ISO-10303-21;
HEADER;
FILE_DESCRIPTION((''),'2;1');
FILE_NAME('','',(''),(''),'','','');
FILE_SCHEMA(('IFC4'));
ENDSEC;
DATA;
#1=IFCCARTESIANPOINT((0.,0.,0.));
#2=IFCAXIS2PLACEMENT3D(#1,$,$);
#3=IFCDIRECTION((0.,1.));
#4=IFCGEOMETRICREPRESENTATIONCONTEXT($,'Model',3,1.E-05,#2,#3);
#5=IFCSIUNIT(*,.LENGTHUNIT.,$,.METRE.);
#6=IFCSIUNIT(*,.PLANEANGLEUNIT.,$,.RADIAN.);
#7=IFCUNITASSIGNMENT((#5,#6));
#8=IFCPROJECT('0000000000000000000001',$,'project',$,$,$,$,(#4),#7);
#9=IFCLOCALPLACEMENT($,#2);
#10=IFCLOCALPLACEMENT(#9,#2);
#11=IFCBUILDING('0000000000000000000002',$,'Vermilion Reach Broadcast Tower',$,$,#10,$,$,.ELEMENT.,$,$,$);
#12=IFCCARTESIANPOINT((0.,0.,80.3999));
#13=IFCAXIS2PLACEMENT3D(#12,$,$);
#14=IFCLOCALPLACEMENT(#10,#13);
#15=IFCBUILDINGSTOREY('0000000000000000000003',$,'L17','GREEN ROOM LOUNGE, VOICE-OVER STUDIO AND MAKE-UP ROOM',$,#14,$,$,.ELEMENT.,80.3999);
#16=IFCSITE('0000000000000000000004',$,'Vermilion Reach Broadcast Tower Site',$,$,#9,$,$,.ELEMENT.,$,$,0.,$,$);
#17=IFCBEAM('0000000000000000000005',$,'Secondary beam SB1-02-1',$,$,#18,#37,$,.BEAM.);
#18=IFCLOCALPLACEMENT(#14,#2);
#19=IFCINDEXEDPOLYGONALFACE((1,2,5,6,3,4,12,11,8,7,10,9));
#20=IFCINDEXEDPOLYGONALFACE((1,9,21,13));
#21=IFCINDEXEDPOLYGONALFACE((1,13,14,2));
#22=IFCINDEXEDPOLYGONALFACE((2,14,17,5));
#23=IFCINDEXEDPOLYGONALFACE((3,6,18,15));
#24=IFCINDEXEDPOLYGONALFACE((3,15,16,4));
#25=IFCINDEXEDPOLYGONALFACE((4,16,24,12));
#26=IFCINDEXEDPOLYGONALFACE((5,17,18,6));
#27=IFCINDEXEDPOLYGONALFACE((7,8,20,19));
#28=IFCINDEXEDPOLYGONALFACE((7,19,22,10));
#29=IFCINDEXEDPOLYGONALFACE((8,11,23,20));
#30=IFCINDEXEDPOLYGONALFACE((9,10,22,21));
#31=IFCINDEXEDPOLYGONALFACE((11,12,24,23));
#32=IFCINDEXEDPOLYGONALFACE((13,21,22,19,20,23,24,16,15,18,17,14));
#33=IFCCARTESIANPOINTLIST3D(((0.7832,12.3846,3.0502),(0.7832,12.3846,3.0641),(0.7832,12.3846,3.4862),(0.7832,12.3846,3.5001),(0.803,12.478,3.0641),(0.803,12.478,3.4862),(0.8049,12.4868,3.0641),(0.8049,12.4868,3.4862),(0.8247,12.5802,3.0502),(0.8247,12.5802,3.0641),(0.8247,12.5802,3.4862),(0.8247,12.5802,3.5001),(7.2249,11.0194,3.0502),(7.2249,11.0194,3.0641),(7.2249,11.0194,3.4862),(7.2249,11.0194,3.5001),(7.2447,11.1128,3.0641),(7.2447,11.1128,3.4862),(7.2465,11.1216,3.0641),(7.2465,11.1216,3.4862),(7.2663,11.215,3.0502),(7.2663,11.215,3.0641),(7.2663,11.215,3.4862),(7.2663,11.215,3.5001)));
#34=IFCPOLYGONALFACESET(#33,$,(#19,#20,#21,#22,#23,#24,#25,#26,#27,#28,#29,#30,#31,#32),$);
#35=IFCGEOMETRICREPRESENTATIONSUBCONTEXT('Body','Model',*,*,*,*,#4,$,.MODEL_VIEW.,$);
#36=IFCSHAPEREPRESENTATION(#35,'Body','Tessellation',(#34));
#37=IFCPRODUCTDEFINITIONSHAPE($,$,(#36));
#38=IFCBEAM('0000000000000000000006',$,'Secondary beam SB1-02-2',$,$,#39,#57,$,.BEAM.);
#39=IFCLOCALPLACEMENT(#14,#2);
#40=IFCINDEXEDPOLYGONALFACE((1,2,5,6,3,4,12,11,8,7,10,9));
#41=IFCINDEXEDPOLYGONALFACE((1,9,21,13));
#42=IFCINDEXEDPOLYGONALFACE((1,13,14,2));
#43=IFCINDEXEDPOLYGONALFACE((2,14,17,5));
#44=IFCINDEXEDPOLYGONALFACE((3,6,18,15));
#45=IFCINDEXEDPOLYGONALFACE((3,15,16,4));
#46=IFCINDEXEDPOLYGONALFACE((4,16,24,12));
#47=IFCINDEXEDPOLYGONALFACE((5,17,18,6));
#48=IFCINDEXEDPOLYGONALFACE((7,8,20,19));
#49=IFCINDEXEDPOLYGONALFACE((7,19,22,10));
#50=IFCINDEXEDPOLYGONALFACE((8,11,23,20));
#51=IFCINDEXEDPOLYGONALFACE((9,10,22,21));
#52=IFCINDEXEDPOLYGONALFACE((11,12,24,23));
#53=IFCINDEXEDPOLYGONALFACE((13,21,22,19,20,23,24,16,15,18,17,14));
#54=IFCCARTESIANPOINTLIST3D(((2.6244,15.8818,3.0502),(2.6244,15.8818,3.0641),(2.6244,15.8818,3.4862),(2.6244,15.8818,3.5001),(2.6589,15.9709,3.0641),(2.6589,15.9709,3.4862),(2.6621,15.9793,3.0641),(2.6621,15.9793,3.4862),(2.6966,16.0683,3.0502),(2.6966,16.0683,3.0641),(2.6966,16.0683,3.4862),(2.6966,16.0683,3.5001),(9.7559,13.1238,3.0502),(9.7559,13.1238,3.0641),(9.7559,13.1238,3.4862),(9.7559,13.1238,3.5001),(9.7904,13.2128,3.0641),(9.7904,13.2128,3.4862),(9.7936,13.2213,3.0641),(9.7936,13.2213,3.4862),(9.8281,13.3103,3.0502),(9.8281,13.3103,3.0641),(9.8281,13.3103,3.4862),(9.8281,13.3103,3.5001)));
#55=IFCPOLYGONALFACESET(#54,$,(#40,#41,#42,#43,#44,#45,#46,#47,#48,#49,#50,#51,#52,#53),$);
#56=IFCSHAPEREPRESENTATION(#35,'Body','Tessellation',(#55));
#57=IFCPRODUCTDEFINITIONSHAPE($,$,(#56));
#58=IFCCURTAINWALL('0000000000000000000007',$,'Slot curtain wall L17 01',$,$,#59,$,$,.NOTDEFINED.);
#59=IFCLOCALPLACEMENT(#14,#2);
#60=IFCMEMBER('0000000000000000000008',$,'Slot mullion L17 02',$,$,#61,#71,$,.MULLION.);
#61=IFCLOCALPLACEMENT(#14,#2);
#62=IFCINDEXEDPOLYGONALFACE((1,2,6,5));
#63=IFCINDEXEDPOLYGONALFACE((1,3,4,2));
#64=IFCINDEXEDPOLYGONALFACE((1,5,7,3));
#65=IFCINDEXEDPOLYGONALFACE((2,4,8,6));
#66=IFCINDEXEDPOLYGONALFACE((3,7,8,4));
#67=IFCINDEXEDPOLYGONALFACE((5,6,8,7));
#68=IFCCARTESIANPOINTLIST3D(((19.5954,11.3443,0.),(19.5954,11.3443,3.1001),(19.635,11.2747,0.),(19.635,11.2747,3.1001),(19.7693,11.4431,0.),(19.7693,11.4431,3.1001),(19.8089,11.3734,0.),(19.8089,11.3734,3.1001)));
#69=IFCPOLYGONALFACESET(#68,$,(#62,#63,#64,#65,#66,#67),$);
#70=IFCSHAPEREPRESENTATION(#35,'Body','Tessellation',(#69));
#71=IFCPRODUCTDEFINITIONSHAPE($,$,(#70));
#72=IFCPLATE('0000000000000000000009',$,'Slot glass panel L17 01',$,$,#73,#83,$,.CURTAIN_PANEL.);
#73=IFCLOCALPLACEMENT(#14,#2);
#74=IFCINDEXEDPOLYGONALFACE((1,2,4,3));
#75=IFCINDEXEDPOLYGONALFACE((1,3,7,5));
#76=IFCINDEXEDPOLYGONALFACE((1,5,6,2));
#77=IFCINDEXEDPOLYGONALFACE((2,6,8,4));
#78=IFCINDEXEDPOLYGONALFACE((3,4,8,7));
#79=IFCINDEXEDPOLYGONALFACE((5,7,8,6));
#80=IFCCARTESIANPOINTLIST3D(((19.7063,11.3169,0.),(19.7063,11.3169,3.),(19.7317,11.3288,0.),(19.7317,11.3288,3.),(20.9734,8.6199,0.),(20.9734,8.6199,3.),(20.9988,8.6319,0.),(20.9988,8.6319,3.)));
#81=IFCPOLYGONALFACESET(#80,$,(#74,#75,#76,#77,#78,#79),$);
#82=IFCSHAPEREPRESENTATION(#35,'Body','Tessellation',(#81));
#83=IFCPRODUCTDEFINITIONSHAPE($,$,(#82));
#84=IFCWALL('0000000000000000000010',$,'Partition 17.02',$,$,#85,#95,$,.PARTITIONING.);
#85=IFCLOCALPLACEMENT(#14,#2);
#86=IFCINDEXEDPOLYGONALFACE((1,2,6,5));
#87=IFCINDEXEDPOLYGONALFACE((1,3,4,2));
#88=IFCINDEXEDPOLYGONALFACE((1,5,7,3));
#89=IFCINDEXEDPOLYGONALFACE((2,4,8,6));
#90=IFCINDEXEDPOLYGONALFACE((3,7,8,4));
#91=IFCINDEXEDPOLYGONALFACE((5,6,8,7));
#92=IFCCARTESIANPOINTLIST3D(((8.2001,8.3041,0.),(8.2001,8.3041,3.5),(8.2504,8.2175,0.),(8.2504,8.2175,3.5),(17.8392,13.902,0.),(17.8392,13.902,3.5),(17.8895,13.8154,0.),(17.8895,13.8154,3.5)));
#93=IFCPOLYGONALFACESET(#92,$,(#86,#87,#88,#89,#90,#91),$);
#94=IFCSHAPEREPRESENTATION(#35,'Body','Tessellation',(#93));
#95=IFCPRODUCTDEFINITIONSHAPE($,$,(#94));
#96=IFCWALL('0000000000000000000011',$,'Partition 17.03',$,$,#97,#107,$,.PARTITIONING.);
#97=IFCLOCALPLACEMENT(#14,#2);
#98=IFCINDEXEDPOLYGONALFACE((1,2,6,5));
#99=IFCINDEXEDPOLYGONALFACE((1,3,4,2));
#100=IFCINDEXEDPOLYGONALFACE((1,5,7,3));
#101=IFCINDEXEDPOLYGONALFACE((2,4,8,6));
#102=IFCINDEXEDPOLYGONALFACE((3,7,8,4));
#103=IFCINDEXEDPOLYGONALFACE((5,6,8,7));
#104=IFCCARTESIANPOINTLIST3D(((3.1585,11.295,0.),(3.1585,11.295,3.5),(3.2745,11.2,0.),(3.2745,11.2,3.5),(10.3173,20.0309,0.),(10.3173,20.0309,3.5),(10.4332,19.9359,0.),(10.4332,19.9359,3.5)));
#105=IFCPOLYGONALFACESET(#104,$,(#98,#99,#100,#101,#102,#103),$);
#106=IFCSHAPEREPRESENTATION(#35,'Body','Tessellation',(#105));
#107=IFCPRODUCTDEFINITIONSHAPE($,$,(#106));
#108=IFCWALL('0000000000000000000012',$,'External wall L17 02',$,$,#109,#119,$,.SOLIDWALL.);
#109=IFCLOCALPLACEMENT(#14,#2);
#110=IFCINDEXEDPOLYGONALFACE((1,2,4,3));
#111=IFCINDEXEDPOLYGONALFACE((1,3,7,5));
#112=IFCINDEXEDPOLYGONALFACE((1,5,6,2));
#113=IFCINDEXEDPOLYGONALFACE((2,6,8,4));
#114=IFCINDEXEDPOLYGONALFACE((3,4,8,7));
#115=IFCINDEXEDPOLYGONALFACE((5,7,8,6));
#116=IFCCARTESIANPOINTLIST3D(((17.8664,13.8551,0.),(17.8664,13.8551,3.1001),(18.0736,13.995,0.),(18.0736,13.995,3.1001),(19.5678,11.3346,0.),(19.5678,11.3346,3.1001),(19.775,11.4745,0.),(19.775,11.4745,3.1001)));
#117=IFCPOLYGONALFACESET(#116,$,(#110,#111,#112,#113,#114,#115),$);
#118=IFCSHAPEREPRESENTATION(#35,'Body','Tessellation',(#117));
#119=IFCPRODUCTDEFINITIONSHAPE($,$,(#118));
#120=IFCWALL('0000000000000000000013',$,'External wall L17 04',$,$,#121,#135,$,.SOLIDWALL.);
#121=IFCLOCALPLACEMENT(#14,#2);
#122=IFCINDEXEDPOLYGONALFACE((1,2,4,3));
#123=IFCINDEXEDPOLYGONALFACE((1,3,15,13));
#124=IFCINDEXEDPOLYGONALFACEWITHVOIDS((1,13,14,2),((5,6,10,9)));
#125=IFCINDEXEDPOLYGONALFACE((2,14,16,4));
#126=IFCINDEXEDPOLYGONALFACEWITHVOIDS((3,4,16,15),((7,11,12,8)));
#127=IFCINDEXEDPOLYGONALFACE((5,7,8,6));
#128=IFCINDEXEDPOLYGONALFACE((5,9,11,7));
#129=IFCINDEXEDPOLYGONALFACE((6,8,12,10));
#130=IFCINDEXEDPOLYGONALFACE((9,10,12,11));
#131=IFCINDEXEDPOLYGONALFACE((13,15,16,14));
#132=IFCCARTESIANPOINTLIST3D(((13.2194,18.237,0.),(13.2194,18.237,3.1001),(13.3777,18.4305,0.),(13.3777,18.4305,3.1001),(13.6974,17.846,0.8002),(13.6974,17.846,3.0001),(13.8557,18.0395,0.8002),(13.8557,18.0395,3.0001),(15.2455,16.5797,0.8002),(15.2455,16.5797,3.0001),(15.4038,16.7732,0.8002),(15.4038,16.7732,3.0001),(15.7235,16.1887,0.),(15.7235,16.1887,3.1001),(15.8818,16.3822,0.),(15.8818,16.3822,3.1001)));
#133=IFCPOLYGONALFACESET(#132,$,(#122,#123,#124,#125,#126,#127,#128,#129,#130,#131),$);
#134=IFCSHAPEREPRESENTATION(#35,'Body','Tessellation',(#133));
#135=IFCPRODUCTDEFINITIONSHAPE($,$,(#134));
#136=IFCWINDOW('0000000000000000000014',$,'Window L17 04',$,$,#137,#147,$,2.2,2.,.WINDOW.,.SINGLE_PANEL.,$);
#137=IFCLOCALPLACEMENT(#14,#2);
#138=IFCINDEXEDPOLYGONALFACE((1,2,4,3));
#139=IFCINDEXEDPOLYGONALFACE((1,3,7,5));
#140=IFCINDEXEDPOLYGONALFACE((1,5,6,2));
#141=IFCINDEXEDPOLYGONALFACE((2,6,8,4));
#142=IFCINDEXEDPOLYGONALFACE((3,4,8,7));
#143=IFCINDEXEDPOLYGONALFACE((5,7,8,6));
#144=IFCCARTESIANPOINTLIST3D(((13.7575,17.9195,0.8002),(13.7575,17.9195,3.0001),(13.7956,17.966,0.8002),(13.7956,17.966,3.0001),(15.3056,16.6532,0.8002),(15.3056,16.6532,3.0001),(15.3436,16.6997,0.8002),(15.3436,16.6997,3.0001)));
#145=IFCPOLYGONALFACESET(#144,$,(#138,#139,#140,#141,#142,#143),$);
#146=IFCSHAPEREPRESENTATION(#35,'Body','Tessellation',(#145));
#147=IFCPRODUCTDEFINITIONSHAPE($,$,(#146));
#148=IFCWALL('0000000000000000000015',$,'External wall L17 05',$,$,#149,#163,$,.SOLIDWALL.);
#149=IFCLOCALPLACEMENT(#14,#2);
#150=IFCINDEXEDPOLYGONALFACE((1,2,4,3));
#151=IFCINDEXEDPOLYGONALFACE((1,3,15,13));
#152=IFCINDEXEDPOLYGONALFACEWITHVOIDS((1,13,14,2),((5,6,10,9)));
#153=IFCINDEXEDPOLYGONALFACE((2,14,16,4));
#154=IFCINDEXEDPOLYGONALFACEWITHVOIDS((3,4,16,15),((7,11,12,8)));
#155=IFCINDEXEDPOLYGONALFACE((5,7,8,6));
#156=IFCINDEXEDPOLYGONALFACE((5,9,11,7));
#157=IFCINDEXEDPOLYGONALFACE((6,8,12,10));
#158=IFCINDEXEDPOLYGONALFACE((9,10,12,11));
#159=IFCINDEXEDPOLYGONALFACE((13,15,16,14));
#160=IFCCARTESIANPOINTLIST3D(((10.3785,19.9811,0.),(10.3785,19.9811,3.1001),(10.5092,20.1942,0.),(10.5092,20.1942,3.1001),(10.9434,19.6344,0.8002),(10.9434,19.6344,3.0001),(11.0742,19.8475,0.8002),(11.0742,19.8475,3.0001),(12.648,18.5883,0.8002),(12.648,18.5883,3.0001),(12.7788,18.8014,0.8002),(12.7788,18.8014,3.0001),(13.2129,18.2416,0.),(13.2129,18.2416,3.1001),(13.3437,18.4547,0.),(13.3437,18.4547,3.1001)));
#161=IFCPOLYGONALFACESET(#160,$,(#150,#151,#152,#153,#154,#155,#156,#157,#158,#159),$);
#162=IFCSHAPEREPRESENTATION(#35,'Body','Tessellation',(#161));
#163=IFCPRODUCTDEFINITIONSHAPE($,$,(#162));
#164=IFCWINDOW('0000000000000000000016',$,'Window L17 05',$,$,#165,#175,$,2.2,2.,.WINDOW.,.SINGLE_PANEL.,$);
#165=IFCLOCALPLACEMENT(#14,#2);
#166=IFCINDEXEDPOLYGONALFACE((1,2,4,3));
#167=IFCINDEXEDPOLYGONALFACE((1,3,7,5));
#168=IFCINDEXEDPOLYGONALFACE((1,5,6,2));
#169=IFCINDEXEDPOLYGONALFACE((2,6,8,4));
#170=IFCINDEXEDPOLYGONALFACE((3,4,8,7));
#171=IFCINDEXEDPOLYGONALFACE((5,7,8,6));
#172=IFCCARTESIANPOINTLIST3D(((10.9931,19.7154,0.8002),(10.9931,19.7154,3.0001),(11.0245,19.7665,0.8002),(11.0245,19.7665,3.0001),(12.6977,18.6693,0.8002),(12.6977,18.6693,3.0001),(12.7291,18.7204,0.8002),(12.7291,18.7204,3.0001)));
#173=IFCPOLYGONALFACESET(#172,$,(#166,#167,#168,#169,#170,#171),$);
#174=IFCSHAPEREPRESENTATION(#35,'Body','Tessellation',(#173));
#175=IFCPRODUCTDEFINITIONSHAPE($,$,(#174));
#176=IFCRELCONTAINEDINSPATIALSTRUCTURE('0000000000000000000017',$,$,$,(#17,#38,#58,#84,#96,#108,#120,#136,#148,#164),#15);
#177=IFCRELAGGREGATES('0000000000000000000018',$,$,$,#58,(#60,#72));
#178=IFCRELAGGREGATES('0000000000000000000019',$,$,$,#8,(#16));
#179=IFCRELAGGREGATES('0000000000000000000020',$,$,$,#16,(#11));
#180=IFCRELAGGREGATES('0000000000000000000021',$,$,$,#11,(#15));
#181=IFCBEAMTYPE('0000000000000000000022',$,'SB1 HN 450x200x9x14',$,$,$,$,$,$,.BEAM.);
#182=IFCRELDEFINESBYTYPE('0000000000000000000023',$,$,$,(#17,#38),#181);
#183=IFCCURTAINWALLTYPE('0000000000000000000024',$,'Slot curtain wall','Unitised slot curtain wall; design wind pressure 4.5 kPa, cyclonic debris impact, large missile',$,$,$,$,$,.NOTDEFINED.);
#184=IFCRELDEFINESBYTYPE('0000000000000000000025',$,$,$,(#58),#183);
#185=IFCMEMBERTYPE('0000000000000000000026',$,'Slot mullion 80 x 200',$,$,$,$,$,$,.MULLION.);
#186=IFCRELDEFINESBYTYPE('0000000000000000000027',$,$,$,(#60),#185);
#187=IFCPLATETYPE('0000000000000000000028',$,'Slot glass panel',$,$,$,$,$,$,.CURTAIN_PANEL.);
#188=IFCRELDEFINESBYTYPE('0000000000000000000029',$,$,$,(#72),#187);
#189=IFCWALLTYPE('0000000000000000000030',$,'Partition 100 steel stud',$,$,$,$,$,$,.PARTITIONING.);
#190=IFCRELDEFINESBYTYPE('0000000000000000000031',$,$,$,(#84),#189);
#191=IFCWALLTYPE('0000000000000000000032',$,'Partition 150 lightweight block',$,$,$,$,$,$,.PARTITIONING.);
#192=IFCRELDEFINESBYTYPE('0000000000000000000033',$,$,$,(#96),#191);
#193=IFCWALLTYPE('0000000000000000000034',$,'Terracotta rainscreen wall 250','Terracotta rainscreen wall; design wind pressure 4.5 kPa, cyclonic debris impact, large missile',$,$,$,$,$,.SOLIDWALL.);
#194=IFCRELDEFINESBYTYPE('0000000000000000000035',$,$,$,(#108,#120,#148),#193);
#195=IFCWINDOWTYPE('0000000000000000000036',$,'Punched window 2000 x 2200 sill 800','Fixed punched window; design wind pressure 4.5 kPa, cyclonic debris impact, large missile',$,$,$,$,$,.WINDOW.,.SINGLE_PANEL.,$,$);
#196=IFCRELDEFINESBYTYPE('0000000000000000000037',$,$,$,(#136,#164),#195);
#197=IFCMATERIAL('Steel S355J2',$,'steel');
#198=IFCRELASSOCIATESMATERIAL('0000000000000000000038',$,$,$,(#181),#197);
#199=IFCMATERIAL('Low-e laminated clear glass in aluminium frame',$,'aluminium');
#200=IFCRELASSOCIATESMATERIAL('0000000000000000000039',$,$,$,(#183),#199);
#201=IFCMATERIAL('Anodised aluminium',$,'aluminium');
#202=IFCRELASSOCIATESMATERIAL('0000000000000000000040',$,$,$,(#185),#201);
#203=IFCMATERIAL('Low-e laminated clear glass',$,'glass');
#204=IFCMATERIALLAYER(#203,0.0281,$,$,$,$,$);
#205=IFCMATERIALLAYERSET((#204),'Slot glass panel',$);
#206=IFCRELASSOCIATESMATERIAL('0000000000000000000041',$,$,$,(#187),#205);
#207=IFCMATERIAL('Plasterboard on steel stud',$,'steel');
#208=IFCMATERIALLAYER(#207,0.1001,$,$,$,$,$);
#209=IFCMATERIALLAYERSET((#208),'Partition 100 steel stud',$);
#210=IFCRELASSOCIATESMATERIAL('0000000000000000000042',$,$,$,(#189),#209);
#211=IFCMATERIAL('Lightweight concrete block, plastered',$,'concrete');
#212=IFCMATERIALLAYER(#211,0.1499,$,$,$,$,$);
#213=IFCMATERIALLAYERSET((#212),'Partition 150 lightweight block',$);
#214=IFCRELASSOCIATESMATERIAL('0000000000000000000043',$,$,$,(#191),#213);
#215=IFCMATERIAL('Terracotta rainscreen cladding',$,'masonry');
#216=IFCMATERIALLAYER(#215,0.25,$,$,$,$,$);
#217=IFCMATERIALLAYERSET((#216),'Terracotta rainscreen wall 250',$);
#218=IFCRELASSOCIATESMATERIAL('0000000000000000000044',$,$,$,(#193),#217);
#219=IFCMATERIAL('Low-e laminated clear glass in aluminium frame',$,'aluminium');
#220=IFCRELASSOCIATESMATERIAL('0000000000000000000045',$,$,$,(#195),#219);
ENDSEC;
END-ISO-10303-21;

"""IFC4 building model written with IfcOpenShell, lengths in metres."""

from ifc_helpers import new_model, si_unit, direction, frame, frame_2d, origin, origin_2d, place, context, subcontext, project, spatial, rectangle, i_section, extrude, material, layer, layer_set, material_profile, profile_set, type_object, element, fill, aggregate, save


model = new_model("IFC4")

# Units and contexts
model_context = context("Model", 3, precision=1e-05, world=origin(), true_north=direction((0.0, 1.0)))
body_context = subcontext(model_context, "Body", "Model", "MODEL_VIEW")
ifc_project = project(units=[si_unit("LENGTHUNIT", "METRE"), si_unit("PLANEANGLEUNIT", "RADIAN")], contexts=[model_context])

# Site, building, storey
site_placement = place(None, origin())
site = spatial("IfcSite", under=ifc_project, at=site_placement, Name="Vermilion Reach Broadcast Tower Site", CompositionType="ELEMENT", RefElevation=0.0)
building_placement = place(site_placement, origin())
building = spatial("IfcBuilding", under=site, at=building_placement, Name="Vermilion Reach Broadcast Tower", CompositionType="ELEMENT")
storey_placement = place(building_placement, frame((0.0, 0.0, 80.3999)))
storey = spatial("IfcBuildingStorey", under=building, at=storey_placement, Name="L17", Description="GREEN ROOM LOUNGE, VOICE-OVER STUDIO AND MAKE-UP ROOM", CompositionType="ELEMENT", Elevation=80.3999)

# Beams
ifc_material_1 = material(Name="Steel S355J2", Category="steel")
ifc_material_profile_1 = material_profile(ifc_material_1, i_section(OverallWidth=0.2, OverallDepth=0.45, WebThickness=0.009, FlangeThickness=0.0139, at=origin_2d()), Name="S355J2 HN 450x200x9x14")
ifc_profile_set_1 = profile_set([ifc_material_profile_1], Name="Steel S355J2")
beam_type_1 = type_object("IfcBeamType", Name="SB1 HN 450x200x9x14", PredefinedType="BEAM", material=ifc_profile_set_1)
beam_1_placement = place(storey_placement, frame((7.2456, 11.1172, 3.2751), z_axis=(-0.97827, 0.207333, 0.0), x_axis=(-0.207333, -0.97827, 0.0)))
element("IfcBeam", 1, at=beam_1_placement, inside=storey, type_object=beam_type_1, Name="Secondary beam SB1-02-1", PredefinedType="BEAM", context=body_context, shape_type="SweptSolid", body=[
    extrude(i_section(OverallWidth=0.2, OverallDepth=0.45, WebThickness=0.009, FlangeThickness=0.0139, at=origin_2d()), origin(), (0.0, 0.0, 1.0), 6.5847),
])
beam_2_placement = place(storey_placement, frame((9.792, 13.217, 3.2751), z_axis=(-0.932681, 0.360703, 0.0), x_axis=(-0.360703, -0.932681, 0.0)))
element("IfcBeam", 2, at=beam_2_placement, inside=storey, type_object=beam_type_1, Name="Secondary beam SB1-02-2", PredefinedType="BEAM", context=body_context, shape_type="SweptSolid", body=[
    extrude(i_section(OverallWidth=0.2, OverallDepth=0.45, WebThickness=0.009, FlangeThickness=0.0139, at=origin_2d()), origin(), (0.0, 0.0, 1.0), 7.6462),
])

# Curtain wall, member, plate
ifc_material_2 = material(Name="Low-e laminated clear glass in aluminium frame", Category="aluminium")
curtain_wall_type = type_object("IfcCurtainWallType", Name="Slot curtain wall", Description="Unitised slot curtain wall; design wind pressure 4.5 kPa, cyclonic debris impact, large missile", PredefinedType="NOTDEFINED", material=ifc_material_2)
curtain_wall_placement = place(storey_placement, origin())
curtain_wall = element("IfcCurtainWall", 3, at=curtain_wall_placement, inside=storey, type_object=curtain_wall_type, Name="Slot curtain wall L17 01", PredefinedType="NOTDEFINED")
ifc_material_3 = material(Name="Anodised aluminium", Category="aluminium")
ifc_material_profile_2 = material_profile(ifc_material_3, rectangle(XDim=0.2, YDim=0.0801, at=origin_2d()), Name="Slot mullion 80 x 200")
ifc_profile_set_2 = profile_set([ifc_material_profile_2], Name="Anodised aluminium")
member_type = type_object("IfcMemberType", Name="Slot mullion 80 x 200", PredefinedType="MULLION", material=ifc_profile_set_2)
member_placement = place(storey_placement, frame((19.7021, 11.3589, 0.0), z_axis=(0.0, 0.0, 1.0), x_axis=(-0.869552, -0.493842, 0.0)))
member = element("IfcMember", 4, at=member_placement, type_object=member_type, Name="Slot mullion L17 02", PredefinedType="MULLION", context=body_context, shape_type="SweptSolid", body=[
    extrude(rectangle(XDim=0.2, YDim=0.0801, at=origin_2d()), origin(), (0.0, 0.0, 1.0), 3.1001),
])
ifc_material_4 = material(Name="Low-e laminated clear glass", Category="glass")
ifc_layer_1 = layer(ifc_material_4, 0.0281)
ifc_layer_set_1 = layer_set([ifc_layer_1], Name="Slot glass panel")
plate_type = type_object("IfcPlateType", Name="Slot glass panel", PredefinedType="CURTAIN_PANEL", material=ifc_layer_set_1)
plate_placement = place(storey_placement, frame((20.3525, 9.9744, 0.0), z_axis=(0.0, 0.0, 1.0), x_axis=(-0.425219, 0.90509, 0.0)))
plate = element("IfcPlate", 5, at=plate_placement, type_object=plate_type, Name="Slot glass panel L17 01", PredefinedType="CURTAIN_PANEL", context=body_context, shape_type="SweptSolid", body=[
    extrude(rectangle(XDim=2.9797, YDim=0.0281, at=origin_2d()), origin(), (0.0, 0.0, 1.0), 3.0),
])
aggregate(curtain_wall, [member, plate])

# Walls
ifc_material_5 = material(Name="Plasterboard on steel stud", Category="steel")
ifc_layer_2 = layer(ifc_material_5, 0.1001)
ifc_layer_set_2 = layer_set([ifc_layer_2], Name="Partition 100 steel stud")
wall_type_1 = type_object("IfcWallType", Name="Partition 100 steel stud", PredefinedType="PARTITIONING", material=ifc_layer_set_2)
wall_1_placement = place(storey_placement, frame((17.8643, 13.8586, 0.0), z_axis=(0.0, 0.0, 1.0), x_axis=(-0.864751, -0.502201, 0.0)))
element("IfcWall", 6, at=wall_1_placement, inside=storey, type_object=wall_type_1, Name="Partition 17.02", PredefinedType="PARTITIONING", context=body_context, shape_type="SweptSolid", body=[
    extrude(rectangle(XDim=11.1467, YDim=0.1001, at=frame_2d((5.5732, 0.0))), origin(), (0.0, 0.0, 1.0), 3.5),
])
ifc_material_6 = material(Name="Lightweight concrete block, plastered", Category="concrete")
ifc_layer_3 = layer(ifc_material_6, 0.1499)
ifc_layer_set_3 = layer_set([ifc_layer_3], Name="Partition 150 lightweight block")
wall_type_2 = type_object("IfcWallType", Name="Partition 150 lightweight block", PredefinedType="PARTITIONING", material=ifc_layer_set_3)
wall_2_placement = place(storey_placement, frame((10.3752, 19.9834, 0.0), z_axis=(0.0, 0.0, 1.0), x_axis=(-0.633831, -0.773472, 0.0)))
element("IfcWall", 7, at=wall_2_placement, inside=storey, type_object=wall_type_2, Name="Partition 17.03", PredefinedType="PARTITIONING", context=body_context, shape_type="SweptSolid", body=[
    extrude(rectangle(XDim=11.2944, YDim=0.1499, at=frame_2d((5.6472, 0.0))), origin(), (0.0, 0.0, 1.0), 3.5),
])
ifc_material_7 = material(Name="Terracotta rainscreen cladding", Category="masonry")
ifc_layer_4 = layer(ifc_material_7, 0.25)
ifc_layer_set_4 = layer_set([ifc_layer_4], Name="Terracotta rainscreen wall 250")
wall_type_3 = type_object("IfcWallType", Name="Terracotta rainscreen wall 250", Description="Terracotta rainscreen wall; design wind pressure 4.5 kPa, cyclonic debris impact, large missile", PredefinedType="SOLIDWALL", material=ifc_layer_set_4)
wall_3_placement = place(storey_placement, frame((19.6714, 11.4045, 0.0), z_axis=(0.0, 0.0, 1.0), x_axis=(-0.559489, 0.828838, 0.0)))
element("IfcWall", 8, at=wall_3_placement, inside=storey, type_object=wall_type_3, Name="External wall L17 02", PredefinedType="SOLIDWALL", context=body_context, shape_type="SweptSolid", body=[
    extrude(rectangle(XDim=3.041, YDim=0.25, at=frame_2d((1.5205, 0.0))), origin(), (0.0, 0.0, 1.0), 3.1001),
])

# Walls, openings, windows
wall_4_placement = place(storey_placement, frame((15.8027, 16.2854, 0.0), z_axis=(0.0, 0.0, 1.0), x_axis=(-0.774035, 0.633143, 0.0)))
wall_4 = element("IfcWall", 9, at=wall_4_placement, inside=storey, type_object=wall_type_3, Name="External wall L17 04", PredefinedType="SOLIDWALL", context=body_context, shape_type="SweptSolid", body=[
    extrude(rectangle(XDim=3.2351, YDim=0.25, at=frame_2d((1.6177, 0.0))), origin(), (0.0, 0.0, 1.0), 3.1001),
])
opening_1_placement = place(wall_4_placement, frame((0.6177, 0.0, 0.8)))
opening_1 = element("IfcOpeningElement", 10, at=opening_1_placement, cuts=wall_4, PredefinedType="OPENING", context=body_context, shape_type="SweptSolid", body=[
    extrude(rectangle(XDim=2.0, YDim=2.2, at=frame_2d((1.0, 1.1001))), frame((0.0, 0.135, 0.0), z_axis=(0.0, -1.0, 0.0), x_axis=(1.0, 0.0, 0.0)), (0.0, 0.0, 1.0), 0.27),
])
ifc_material_8 = material(Name="Low-e laminated clear glass in aluminium frame", Category="aluminium")
window_type = type_object("IfcWindowType", Name="Punched window 2000 x 2200 sill 800", Description="Fixed punched window; design wind pressure 4.5 kPa, cyclonic debris impact, large missile", PartitioningType="SINGLE_PANEL", PredefinedType="WINDOW", material=ifc_material_8)
window_1_placement = place(opening_1_placement, origin())
window_1 = element("IfcWindow", 11, at=window_1_placement, inside=storey, type_object=window_type, Name="Window L17 04", OverallHeight=2.2, OverallWidth=2.0, PartitioningType="SINGLE_PANEL", PredefinedType="WINDOW", context=body_context, shape_type="SweptSolid", body=[
    extrude(rectangle(XDim=2.0, YDim=2.2, at=frame_2d((1.0, 1.1001))), frame((0.0, 0.03, 0.0), z_axis=(0.0, -1.0, 0.0), x_axis=(1.0, 0.0, 0.0)), (0.0, 0.0, 1.0), 0.0601),
])
fill(opening_1, window_1)
wall_5_placement = place(storey_placement, frame((13.2783, 18.3481, 0.0), z_axis=(0.0, 0.0, 1.0), x_axis=(-0.8523, 0.523053, 0.0)))
wall_5 = element("IfcWall", 12, at=wall_5_placement, inside=storey, type_object=wall_type_3, Name="External wall L17 05", PredefinedType="SOLIDWALL", context=body_context, shape_type="SweptSolid", body=[
    extrude(rectangle(XDim=3.3257, YDim=0.25, at=frame_2d((1.6628, 0.0))), origin(), (0.0, 0.0, 1.0), 3.1001),
])
opening_2_placement = place(wall_5_placement, frame((0.6628, 0.0, 0.8)))
opening_2 = element("IfcOpeningElement", 13, at=opening_2_placement, cuts=wall_5, PredefinedType="OPENING", context=body_context, shape_type="SweptSolid", body=[
    extrude(rectangle(XDim=2.0, YDim=2.2, at=frame_2d((1.0, 1.1001))), frame((0.0, 0.135, 0.0), z_axis=(0.0, -1.0, 0.0), x_axis=(1.0, 0.0, 0.0)), (0.0, 0.0, 1.0), 0.27),
])
window_2_placement = place(opening_2_placement, origin())
window_2 = element("IfcWindow", 14, at=window_2_placement, inside=storey, type_object=window_type, Name="Window L17 05", OverallHeight=2.2, OverallWidth=2.0, PartitioningType="SINGLE_PANEL", PredefinedType="WINDOW", context=body_context, shape_type="SweptSolid", body=[
    extrude(rectangle(XDim=2.0, YDim=2.2, at=frame_2d((1.0, 1.1001))), frame((0.0, 0.03, 0.0), z_axis=(0.0, -1.0, 0.0), x_axis=(1.0, 0.0, 0.0)), (0.0, 0.0, 1.0), 0.0601),
])
fill(opening_2, window_2)

save(model, "model.ifc")
